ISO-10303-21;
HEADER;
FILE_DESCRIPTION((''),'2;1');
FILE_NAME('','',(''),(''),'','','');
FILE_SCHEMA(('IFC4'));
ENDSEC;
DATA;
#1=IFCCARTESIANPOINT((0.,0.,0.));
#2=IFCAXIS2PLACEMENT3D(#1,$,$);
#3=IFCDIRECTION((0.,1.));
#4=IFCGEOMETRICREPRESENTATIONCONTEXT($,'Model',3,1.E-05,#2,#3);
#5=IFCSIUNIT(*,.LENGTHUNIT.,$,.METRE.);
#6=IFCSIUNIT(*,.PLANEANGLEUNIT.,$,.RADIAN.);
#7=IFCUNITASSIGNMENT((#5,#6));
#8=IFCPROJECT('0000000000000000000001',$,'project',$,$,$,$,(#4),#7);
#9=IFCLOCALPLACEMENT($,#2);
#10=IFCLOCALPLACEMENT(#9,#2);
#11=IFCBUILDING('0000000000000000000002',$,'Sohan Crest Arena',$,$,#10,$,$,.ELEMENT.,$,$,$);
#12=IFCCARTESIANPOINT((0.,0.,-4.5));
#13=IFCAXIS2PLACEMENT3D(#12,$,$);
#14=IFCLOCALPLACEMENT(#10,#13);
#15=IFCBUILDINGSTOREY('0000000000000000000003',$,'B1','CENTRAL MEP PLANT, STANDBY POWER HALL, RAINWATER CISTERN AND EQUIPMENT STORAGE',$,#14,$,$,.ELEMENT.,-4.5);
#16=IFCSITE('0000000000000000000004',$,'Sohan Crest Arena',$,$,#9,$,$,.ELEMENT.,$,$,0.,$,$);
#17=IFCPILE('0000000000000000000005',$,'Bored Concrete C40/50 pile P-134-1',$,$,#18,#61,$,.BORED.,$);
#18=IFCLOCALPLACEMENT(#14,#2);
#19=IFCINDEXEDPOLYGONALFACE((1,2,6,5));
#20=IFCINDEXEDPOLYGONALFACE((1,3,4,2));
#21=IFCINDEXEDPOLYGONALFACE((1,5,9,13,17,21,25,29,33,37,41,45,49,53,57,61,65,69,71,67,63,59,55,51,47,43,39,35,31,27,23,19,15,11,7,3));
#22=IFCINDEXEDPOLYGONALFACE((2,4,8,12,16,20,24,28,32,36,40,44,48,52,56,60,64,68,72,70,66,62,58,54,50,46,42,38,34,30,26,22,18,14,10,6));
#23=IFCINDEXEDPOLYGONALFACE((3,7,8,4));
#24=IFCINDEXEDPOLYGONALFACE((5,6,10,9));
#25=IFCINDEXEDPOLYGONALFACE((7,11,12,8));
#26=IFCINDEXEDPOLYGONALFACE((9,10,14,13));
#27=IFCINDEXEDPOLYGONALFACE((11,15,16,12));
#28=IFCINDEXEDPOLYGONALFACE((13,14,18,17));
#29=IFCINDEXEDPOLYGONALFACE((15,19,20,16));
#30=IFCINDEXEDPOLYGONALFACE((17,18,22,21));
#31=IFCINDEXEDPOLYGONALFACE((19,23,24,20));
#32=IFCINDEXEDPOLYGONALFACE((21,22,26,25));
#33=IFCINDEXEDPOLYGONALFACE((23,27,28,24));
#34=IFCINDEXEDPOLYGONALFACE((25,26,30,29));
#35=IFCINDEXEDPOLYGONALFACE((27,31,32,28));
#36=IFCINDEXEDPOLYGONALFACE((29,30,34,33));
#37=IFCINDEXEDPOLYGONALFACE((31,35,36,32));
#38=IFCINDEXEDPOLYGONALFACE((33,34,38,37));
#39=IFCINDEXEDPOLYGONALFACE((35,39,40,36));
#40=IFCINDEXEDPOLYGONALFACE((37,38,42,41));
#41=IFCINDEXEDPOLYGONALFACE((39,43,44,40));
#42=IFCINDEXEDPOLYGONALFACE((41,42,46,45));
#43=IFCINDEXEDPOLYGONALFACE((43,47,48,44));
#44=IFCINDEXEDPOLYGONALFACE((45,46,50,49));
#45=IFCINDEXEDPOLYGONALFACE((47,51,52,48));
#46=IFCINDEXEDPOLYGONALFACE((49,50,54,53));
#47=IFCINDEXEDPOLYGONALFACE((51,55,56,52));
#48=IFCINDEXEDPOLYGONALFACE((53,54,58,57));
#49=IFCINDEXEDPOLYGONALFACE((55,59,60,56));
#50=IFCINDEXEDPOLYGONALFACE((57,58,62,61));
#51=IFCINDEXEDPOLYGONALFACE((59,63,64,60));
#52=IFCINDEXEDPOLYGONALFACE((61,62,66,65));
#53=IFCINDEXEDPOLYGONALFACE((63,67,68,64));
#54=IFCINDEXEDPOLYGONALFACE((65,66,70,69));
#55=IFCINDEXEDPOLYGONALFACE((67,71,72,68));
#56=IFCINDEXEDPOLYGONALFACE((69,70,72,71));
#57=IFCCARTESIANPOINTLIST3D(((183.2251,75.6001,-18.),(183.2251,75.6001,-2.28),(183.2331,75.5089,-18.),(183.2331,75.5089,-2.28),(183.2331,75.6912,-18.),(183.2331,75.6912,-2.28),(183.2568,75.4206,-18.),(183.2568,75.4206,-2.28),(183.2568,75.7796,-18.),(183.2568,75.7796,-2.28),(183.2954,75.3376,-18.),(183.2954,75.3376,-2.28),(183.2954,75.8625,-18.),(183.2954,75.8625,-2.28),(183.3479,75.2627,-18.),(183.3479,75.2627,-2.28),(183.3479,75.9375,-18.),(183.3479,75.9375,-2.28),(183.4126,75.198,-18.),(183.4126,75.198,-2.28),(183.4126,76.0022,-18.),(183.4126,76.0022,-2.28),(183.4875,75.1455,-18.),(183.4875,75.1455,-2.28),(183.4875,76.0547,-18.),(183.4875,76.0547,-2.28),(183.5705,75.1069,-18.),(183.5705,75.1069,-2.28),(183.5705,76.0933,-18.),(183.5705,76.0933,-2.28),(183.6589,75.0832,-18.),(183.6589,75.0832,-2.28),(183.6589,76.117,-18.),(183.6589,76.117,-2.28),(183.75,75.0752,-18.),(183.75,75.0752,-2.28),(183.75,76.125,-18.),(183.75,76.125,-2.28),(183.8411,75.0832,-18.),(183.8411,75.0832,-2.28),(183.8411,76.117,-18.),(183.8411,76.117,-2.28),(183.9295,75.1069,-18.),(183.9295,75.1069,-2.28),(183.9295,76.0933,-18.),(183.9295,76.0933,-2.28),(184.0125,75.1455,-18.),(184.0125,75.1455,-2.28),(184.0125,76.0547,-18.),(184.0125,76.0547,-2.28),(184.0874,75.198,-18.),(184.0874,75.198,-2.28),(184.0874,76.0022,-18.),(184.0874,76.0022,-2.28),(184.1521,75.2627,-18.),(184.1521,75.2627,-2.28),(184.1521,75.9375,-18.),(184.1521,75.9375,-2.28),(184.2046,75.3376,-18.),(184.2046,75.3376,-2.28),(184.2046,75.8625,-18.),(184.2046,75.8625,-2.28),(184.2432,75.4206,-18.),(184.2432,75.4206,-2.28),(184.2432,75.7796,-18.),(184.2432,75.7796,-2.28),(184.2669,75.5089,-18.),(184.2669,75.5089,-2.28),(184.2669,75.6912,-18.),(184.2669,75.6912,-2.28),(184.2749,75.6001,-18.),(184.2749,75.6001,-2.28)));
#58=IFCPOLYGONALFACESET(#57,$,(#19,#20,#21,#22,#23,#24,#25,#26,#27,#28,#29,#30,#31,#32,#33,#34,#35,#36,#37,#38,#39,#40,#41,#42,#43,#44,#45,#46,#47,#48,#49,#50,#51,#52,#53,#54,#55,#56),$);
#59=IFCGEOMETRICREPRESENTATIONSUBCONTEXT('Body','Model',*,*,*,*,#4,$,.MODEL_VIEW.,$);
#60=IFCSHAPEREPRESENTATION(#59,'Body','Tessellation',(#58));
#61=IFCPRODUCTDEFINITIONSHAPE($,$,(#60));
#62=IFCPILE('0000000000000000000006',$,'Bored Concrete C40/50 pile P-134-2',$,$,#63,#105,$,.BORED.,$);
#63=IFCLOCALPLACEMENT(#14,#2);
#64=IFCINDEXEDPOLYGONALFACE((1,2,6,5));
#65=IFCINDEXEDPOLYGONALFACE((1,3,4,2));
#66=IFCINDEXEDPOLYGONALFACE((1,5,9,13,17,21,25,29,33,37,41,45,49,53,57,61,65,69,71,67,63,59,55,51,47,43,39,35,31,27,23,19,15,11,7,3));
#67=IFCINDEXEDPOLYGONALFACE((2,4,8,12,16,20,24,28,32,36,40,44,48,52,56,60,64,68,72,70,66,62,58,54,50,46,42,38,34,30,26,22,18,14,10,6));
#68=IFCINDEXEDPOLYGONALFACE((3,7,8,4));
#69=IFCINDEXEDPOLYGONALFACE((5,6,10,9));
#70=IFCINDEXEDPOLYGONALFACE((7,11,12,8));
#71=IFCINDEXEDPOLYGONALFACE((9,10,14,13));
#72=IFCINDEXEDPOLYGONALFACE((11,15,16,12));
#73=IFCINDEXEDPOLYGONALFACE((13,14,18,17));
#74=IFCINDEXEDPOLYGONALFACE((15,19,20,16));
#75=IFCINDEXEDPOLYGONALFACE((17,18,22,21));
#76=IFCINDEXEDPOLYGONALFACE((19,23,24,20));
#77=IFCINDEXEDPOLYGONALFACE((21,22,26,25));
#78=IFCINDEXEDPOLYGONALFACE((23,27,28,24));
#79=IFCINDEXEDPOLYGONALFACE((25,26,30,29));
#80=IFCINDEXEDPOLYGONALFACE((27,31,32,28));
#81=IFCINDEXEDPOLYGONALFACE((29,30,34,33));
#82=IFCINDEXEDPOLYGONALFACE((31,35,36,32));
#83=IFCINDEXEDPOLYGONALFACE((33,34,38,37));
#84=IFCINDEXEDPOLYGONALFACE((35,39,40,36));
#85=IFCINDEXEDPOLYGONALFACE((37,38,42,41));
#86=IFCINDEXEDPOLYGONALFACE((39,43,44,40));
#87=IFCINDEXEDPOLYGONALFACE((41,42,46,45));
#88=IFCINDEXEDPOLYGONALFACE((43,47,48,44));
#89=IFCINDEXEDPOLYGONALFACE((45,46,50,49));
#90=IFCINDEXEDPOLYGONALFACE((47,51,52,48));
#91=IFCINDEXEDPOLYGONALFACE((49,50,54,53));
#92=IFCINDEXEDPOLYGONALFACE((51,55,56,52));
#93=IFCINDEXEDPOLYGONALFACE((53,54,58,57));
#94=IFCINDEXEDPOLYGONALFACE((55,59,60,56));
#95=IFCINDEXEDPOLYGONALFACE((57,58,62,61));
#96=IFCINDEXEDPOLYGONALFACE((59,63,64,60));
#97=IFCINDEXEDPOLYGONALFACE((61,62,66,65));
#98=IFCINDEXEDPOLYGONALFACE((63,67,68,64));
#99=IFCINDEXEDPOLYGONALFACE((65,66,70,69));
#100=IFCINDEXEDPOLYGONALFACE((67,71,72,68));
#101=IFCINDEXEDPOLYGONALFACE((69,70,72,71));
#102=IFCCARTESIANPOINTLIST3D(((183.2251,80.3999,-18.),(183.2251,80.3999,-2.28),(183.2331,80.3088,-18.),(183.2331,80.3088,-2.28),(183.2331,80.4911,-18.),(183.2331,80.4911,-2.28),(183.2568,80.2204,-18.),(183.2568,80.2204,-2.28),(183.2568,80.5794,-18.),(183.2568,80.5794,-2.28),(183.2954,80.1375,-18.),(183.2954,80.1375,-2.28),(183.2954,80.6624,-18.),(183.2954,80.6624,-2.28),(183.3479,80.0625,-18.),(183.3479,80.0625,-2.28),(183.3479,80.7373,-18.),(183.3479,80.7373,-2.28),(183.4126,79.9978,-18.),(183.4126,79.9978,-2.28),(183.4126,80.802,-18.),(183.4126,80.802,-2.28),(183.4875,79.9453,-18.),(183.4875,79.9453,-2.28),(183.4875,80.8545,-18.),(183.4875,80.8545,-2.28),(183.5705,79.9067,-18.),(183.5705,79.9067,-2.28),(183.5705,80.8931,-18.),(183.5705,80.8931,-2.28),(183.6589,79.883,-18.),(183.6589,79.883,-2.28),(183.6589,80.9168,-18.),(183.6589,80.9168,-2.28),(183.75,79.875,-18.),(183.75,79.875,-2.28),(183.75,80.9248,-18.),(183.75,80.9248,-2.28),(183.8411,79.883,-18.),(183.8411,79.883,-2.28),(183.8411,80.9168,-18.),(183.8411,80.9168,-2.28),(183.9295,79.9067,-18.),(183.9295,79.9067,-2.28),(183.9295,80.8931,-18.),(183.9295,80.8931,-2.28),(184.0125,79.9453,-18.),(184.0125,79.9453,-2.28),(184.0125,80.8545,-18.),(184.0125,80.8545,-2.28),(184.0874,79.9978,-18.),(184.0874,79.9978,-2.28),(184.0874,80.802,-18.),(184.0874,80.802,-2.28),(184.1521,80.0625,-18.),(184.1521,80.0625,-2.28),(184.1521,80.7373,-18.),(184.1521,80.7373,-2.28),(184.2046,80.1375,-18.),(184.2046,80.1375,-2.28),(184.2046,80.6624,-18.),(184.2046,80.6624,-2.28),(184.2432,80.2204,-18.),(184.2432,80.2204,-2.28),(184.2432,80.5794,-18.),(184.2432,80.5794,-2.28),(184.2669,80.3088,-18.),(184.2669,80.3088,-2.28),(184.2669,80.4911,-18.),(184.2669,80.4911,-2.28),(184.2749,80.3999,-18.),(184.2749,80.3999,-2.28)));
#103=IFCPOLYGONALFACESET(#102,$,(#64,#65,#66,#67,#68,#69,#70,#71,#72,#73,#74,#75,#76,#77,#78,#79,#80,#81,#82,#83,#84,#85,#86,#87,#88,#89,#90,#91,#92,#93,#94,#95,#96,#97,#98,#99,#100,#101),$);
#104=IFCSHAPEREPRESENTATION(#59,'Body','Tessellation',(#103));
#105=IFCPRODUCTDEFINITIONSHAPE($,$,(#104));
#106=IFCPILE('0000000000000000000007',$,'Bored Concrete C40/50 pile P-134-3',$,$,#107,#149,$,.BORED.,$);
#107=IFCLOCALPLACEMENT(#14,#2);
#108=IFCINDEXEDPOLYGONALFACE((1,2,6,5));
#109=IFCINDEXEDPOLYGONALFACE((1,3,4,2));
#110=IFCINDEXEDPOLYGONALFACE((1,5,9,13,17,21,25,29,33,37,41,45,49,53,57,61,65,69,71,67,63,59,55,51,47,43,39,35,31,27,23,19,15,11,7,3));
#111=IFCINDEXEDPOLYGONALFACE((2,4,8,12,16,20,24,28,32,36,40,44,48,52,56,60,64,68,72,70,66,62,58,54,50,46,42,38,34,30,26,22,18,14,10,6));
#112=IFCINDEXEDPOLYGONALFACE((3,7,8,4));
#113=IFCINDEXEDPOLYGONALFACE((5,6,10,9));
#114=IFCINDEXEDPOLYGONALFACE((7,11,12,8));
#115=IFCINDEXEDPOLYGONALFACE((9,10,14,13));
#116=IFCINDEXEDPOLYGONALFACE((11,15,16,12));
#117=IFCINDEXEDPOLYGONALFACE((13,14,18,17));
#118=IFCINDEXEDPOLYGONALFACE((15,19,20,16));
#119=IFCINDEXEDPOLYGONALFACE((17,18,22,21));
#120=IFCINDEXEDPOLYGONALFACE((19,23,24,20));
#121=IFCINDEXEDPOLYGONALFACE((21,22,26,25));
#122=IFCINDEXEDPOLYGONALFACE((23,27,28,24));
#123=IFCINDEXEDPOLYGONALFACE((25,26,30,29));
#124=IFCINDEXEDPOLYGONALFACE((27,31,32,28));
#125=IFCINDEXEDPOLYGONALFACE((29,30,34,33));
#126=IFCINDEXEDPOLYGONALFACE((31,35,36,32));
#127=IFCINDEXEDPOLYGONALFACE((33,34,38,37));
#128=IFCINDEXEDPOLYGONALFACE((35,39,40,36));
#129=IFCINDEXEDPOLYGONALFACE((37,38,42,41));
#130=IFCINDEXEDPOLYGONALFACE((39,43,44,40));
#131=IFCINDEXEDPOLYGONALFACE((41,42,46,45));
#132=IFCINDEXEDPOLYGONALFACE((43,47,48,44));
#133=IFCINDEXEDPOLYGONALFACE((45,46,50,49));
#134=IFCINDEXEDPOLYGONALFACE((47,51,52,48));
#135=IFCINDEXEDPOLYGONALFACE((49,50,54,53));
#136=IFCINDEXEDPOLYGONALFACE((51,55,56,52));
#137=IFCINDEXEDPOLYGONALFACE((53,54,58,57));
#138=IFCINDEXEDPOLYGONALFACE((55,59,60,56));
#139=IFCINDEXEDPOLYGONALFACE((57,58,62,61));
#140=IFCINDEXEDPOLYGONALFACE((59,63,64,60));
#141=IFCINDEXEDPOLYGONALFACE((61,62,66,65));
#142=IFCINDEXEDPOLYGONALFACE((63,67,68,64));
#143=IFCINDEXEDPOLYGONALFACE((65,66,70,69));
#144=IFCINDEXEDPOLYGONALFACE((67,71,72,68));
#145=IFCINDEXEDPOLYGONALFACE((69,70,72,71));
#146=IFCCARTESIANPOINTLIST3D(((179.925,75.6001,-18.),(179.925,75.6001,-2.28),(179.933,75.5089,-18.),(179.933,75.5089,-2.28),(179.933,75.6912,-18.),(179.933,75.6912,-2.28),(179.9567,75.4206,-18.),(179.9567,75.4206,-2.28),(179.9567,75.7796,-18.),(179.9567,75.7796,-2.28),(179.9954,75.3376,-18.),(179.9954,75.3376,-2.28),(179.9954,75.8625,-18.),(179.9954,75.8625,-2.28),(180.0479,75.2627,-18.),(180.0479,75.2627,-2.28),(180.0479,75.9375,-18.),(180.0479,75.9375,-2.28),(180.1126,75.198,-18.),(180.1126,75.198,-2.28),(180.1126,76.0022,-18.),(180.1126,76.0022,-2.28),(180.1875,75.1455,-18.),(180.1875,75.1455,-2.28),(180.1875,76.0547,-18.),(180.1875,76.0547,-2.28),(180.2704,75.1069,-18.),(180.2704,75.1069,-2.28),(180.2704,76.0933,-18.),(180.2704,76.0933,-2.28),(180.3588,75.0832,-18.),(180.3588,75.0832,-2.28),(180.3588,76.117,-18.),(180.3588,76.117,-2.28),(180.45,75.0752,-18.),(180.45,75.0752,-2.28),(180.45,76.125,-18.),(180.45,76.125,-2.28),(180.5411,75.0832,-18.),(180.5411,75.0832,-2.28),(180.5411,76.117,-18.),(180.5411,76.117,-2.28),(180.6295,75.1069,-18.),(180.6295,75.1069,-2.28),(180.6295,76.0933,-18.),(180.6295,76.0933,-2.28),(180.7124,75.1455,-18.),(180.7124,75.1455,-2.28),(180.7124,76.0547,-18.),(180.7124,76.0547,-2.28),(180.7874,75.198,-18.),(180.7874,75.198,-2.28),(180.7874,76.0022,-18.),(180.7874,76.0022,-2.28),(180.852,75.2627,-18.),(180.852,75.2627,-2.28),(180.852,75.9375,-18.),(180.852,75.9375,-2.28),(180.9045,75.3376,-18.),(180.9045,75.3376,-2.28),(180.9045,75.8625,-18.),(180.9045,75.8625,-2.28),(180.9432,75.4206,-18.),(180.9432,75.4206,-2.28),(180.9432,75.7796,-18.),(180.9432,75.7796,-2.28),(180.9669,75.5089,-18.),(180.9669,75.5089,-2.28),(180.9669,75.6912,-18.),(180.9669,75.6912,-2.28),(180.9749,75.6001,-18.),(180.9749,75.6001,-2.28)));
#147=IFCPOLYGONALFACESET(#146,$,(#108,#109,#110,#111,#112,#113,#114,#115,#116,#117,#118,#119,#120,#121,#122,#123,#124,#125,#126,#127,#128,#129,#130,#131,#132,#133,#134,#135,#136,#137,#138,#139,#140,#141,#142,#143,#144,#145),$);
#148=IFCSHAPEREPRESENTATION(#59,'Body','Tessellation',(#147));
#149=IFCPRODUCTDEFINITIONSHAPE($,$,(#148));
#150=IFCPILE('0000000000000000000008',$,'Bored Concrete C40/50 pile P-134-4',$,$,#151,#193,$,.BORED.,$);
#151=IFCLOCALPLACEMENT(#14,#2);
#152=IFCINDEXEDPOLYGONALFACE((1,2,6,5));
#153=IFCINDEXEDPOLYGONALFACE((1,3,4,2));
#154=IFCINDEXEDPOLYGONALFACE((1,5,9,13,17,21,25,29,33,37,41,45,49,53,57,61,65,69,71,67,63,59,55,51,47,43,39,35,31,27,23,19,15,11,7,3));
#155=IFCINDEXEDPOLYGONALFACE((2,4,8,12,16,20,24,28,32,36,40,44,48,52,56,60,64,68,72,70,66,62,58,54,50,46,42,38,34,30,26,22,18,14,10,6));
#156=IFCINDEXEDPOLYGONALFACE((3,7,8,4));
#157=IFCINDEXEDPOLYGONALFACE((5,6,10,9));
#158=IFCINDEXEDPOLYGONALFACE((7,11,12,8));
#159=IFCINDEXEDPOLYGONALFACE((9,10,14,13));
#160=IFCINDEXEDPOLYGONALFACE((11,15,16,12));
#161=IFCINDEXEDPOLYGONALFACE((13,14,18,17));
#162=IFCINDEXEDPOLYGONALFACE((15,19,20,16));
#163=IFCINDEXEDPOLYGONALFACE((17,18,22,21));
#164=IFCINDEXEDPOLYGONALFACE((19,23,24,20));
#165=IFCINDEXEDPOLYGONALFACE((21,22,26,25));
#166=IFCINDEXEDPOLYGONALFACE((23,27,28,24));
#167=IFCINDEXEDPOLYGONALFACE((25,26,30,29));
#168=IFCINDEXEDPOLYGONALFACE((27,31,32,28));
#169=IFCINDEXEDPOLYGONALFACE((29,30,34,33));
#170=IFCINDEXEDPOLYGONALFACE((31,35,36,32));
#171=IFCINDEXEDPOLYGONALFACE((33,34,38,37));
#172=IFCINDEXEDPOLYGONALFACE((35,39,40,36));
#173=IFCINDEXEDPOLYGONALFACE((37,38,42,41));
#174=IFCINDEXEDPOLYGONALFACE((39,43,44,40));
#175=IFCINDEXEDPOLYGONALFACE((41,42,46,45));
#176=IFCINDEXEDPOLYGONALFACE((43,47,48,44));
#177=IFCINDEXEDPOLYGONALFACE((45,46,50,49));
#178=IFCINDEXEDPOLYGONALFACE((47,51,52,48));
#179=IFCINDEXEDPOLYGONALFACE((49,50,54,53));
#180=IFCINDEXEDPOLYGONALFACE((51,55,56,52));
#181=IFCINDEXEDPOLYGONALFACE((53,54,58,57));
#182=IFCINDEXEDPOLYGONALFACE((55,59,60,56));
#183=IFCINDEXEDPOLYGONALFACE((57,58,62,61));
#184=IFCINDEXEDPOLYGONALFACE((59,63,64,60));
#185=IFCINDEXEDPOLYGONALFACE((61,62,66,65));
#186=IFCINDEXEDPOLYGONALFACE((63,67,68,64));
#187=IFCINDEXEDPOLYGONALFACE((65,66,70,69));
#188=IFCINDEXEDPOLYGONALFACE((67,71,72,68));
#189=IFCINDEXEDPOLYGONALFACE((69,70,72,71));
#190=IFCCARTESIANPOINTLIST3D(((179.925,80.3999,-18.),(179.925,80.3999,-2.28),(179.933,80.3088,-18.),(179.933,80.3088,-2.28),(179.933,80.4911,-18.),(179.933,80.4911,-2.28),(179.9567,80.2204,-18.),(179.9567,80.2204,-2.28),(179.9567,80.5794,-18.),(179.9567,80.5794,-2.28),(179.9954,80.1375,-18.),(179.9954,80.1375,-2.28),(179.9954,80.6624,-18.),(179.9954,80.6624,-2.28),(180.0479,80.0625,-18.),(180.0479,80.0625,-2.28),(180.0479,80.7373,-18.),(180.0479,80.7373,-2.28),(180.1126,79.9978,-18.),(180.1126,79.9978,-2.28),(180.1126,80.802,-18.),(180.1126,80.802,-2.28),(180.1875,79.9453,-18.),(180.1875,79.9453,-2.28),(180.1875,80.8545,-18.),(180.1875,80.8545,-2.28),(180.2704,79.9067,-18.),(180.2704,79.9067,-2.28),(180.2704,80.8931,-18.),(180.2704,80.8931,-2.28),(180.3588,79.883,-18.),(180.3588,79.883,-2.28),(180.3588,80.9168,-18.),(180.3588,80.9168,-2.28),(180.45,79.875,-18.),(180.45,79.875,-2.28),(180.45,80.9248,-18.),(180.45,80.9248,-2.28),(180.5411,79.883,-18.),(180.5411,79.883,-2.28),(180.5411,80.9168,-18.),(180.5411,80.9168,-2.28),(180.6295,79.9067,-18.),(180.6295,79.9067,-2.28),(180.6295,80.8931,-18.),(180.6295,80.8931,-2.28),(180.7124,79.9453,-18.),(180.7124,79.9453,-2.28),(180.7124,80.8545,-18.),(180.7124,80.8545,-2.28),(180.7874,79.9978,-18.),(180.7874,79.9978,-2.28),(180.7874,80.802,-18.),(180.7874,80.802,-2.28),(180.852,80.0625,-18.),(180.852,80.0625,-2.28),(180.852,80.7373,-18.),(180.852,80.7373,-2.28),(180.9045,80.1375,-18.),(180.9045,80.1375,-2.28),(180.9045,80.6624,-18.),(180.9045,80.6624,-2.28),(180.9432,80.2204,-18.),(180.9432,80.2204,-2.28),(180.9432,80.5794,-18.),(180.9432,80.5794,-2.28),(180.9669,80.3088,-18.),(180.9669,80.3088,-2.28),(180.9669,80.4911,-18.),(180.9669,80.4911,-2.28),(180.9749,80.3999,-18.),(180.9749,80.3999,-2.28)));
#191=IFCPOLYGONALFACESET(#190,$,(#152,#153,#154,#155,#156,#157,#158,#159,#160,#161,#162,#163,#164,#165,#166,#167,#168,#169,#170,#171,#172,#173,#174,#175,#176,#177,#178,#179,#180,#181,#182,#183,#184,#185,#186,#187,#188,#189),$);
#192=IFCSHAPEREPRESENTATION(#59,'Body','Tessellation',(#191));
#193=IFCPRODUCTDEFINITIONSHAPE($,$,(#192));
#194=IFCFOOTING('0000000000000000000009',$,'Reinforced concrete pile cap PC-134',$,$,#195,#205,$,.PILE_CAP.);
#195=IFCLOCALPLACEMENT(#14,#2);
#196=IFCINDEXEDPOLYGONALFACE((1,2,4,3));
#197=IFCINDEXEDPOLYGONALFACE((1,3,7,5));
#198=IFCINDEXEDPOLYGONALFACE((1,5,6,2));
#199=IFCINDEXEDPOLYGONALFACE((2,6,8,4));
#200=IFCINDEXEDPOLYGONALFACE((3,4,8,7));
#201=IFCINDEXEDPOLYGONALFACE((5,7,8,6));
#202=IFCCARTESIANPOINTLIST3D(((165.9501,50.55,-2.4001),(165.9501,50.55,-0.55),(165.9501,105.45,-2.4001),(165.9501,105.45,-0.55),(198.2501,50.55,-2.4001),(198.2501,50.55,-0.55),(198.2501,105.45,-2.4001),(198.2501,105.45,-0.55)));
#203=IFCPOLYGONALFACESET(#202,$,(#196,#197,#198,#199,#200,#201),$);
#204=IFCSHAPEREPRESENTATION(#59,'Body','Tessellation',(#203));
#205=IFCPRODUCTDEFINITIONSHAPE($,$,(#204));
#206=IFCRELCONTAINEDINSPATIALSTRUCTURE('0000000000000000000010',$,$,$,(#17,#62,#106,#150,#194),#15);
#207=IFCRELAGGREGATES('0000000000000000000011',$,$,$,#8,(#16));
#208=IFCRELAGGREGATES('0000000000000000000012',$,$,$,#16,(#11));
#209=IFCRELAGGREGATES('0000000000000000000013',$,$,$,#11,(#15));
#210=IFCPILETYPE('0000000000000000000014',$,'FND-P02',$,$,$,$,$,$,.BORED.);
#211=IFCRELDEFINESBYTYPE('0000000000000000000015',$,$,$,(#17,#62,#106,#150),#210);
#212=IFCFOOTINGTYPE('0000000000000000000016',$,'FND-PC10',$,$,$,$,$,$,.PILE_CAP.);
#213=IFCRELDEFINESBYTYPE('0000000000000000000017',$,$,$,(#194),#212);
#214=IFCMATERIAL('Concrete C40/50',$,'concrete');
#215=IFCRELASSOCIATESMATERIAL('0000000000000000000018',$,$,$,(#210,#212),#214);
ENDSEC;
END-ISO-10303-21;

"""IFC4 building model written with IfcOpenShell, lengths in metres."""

from ifc_helpers import new_model, si_unit, direction, frame, origin, origin_2d, place, context, subcontext, project, spatial, rectangle, circle, extrude, material, material_profile, profile_set, type_object, element, save


model = new_model("IFC4")

# Units and contexts
model_context = context("Model", 3, precision=1e-05, world=origin(), true_north=direction((0.0, 1.0)))
body_context = subcontext(model_context, "Body", "Model", "MODEL_VIEW")
ifc_project = project(units=[si_unit("LENGTHUNIT", "METRE"), si_unit("PLANEANGLEUNIT", "RADIAN")], contexts=[model_context])

# Site, building, storey
site_placement = place(None, origin())
site = spatial("IfcSite", under=ifc_project, at=site_placement, Name="Sohan Crest Arena", CompositionType="ELEMENT", RefElevation=0.0)
building_placement = place(site_placement, origin())
building = spatial("IfcBuilding", under=site, at=building_placement, Name="Sohan Crest Arena", CompositionType="ELEMENT")
storey_placement = place(building_placement, frame((0.0, 0.0, -4.5)))
storey = spatial("IfcBuildingStorey", under=building, at=storey_placement, Name="B1", Description="CENTRAL MEP PLANT, STANDBY POWER HALL, RAINWATER CISTERN AND EQUIPMENT STORAGE", CompositionType="ELEMENT", Elevation=-4.5)

# Piles
ifc_material_1 = material(Name="Concrete C40/50", Category="concrete")
ifc_material_profile_1 = material_profile(ifc_material_1, circle(Radius=0.5249, at=origin_2d()), Name="PILE D1050")
ifc_profile_set_1 = profile_set([ifc_material_profile_1], Name="Concrete C40/50")
pile_type = type_object("IfcPileType", Name="FND-P02", PredefinedType="BORED", material=ifc_profile_set_1)
for number, where, z_axis, x_axis, name in (
    (1, (183.75, 75.6001, -18.0), (0.0, 0.0, 1.0), (1.0, 0.0, 0.0), "Bored Concrete C40/50 pile P-134-1"),
    (2, (183.75, 80.3999, -18.0), (0.0, 0.0, 1.0), (1.0, 0.0, 0.0), "Bored Concrete C40/50 pile P-134-2"),
    (3, (180.45, 75.6001, -18.0), (0.0, 0.0, 1.0), (1.0, 0.0, 0.0), "Bored Concrete C40/50 pile P-134-3"),
    (4, (180.45, 80.3999, -18.0), (0.0, 0.0, 1.0), (1.0, 0.0, 0.0), "Bored Concrete C40/50 pile P-134-4"),
):
    element("IfcPile", number, at=place(storey_placement, frame(where, z_axis=z_axis, x_axis=x_axis)), inside=storey, type_object=pile_type, Name=name, PredefinedType="BORED", context=body_context, shape_type="SweptSolid", body=[
        extrude(circle(Radius=0.5249, at=origin_2d()), origin(), (0.0, 0.0, 1.0), 15.72),
    ])

# Footing
footing_type = type_object("IfcFootingType", Name="FND-PC10", PredefinedType="PILE_CAP", material=ifc_material_1)
footing_placement = place(storey_placement, frame((182.1001, 78.0, -2.4001), z_axis=(0.0, 0.0, 1.0), x_axis=(0.0, 1.0, 0.0)))
element("IfcFooting", 5, at=footing_placement, inside=storey, type_object=footing_type, Name="Reinforced concrete pile cap PC-134", PredefinedType="PILE_CAP", context=body_context, shape_type="SweptSolid", body=[
    extrude(rectangle(XDim=54.8999, YDim=32.3, at=origin_2d()), origin(), (0.0, 0.0, 1.0), 1.8501),
])

save(model, "model.ifc")
